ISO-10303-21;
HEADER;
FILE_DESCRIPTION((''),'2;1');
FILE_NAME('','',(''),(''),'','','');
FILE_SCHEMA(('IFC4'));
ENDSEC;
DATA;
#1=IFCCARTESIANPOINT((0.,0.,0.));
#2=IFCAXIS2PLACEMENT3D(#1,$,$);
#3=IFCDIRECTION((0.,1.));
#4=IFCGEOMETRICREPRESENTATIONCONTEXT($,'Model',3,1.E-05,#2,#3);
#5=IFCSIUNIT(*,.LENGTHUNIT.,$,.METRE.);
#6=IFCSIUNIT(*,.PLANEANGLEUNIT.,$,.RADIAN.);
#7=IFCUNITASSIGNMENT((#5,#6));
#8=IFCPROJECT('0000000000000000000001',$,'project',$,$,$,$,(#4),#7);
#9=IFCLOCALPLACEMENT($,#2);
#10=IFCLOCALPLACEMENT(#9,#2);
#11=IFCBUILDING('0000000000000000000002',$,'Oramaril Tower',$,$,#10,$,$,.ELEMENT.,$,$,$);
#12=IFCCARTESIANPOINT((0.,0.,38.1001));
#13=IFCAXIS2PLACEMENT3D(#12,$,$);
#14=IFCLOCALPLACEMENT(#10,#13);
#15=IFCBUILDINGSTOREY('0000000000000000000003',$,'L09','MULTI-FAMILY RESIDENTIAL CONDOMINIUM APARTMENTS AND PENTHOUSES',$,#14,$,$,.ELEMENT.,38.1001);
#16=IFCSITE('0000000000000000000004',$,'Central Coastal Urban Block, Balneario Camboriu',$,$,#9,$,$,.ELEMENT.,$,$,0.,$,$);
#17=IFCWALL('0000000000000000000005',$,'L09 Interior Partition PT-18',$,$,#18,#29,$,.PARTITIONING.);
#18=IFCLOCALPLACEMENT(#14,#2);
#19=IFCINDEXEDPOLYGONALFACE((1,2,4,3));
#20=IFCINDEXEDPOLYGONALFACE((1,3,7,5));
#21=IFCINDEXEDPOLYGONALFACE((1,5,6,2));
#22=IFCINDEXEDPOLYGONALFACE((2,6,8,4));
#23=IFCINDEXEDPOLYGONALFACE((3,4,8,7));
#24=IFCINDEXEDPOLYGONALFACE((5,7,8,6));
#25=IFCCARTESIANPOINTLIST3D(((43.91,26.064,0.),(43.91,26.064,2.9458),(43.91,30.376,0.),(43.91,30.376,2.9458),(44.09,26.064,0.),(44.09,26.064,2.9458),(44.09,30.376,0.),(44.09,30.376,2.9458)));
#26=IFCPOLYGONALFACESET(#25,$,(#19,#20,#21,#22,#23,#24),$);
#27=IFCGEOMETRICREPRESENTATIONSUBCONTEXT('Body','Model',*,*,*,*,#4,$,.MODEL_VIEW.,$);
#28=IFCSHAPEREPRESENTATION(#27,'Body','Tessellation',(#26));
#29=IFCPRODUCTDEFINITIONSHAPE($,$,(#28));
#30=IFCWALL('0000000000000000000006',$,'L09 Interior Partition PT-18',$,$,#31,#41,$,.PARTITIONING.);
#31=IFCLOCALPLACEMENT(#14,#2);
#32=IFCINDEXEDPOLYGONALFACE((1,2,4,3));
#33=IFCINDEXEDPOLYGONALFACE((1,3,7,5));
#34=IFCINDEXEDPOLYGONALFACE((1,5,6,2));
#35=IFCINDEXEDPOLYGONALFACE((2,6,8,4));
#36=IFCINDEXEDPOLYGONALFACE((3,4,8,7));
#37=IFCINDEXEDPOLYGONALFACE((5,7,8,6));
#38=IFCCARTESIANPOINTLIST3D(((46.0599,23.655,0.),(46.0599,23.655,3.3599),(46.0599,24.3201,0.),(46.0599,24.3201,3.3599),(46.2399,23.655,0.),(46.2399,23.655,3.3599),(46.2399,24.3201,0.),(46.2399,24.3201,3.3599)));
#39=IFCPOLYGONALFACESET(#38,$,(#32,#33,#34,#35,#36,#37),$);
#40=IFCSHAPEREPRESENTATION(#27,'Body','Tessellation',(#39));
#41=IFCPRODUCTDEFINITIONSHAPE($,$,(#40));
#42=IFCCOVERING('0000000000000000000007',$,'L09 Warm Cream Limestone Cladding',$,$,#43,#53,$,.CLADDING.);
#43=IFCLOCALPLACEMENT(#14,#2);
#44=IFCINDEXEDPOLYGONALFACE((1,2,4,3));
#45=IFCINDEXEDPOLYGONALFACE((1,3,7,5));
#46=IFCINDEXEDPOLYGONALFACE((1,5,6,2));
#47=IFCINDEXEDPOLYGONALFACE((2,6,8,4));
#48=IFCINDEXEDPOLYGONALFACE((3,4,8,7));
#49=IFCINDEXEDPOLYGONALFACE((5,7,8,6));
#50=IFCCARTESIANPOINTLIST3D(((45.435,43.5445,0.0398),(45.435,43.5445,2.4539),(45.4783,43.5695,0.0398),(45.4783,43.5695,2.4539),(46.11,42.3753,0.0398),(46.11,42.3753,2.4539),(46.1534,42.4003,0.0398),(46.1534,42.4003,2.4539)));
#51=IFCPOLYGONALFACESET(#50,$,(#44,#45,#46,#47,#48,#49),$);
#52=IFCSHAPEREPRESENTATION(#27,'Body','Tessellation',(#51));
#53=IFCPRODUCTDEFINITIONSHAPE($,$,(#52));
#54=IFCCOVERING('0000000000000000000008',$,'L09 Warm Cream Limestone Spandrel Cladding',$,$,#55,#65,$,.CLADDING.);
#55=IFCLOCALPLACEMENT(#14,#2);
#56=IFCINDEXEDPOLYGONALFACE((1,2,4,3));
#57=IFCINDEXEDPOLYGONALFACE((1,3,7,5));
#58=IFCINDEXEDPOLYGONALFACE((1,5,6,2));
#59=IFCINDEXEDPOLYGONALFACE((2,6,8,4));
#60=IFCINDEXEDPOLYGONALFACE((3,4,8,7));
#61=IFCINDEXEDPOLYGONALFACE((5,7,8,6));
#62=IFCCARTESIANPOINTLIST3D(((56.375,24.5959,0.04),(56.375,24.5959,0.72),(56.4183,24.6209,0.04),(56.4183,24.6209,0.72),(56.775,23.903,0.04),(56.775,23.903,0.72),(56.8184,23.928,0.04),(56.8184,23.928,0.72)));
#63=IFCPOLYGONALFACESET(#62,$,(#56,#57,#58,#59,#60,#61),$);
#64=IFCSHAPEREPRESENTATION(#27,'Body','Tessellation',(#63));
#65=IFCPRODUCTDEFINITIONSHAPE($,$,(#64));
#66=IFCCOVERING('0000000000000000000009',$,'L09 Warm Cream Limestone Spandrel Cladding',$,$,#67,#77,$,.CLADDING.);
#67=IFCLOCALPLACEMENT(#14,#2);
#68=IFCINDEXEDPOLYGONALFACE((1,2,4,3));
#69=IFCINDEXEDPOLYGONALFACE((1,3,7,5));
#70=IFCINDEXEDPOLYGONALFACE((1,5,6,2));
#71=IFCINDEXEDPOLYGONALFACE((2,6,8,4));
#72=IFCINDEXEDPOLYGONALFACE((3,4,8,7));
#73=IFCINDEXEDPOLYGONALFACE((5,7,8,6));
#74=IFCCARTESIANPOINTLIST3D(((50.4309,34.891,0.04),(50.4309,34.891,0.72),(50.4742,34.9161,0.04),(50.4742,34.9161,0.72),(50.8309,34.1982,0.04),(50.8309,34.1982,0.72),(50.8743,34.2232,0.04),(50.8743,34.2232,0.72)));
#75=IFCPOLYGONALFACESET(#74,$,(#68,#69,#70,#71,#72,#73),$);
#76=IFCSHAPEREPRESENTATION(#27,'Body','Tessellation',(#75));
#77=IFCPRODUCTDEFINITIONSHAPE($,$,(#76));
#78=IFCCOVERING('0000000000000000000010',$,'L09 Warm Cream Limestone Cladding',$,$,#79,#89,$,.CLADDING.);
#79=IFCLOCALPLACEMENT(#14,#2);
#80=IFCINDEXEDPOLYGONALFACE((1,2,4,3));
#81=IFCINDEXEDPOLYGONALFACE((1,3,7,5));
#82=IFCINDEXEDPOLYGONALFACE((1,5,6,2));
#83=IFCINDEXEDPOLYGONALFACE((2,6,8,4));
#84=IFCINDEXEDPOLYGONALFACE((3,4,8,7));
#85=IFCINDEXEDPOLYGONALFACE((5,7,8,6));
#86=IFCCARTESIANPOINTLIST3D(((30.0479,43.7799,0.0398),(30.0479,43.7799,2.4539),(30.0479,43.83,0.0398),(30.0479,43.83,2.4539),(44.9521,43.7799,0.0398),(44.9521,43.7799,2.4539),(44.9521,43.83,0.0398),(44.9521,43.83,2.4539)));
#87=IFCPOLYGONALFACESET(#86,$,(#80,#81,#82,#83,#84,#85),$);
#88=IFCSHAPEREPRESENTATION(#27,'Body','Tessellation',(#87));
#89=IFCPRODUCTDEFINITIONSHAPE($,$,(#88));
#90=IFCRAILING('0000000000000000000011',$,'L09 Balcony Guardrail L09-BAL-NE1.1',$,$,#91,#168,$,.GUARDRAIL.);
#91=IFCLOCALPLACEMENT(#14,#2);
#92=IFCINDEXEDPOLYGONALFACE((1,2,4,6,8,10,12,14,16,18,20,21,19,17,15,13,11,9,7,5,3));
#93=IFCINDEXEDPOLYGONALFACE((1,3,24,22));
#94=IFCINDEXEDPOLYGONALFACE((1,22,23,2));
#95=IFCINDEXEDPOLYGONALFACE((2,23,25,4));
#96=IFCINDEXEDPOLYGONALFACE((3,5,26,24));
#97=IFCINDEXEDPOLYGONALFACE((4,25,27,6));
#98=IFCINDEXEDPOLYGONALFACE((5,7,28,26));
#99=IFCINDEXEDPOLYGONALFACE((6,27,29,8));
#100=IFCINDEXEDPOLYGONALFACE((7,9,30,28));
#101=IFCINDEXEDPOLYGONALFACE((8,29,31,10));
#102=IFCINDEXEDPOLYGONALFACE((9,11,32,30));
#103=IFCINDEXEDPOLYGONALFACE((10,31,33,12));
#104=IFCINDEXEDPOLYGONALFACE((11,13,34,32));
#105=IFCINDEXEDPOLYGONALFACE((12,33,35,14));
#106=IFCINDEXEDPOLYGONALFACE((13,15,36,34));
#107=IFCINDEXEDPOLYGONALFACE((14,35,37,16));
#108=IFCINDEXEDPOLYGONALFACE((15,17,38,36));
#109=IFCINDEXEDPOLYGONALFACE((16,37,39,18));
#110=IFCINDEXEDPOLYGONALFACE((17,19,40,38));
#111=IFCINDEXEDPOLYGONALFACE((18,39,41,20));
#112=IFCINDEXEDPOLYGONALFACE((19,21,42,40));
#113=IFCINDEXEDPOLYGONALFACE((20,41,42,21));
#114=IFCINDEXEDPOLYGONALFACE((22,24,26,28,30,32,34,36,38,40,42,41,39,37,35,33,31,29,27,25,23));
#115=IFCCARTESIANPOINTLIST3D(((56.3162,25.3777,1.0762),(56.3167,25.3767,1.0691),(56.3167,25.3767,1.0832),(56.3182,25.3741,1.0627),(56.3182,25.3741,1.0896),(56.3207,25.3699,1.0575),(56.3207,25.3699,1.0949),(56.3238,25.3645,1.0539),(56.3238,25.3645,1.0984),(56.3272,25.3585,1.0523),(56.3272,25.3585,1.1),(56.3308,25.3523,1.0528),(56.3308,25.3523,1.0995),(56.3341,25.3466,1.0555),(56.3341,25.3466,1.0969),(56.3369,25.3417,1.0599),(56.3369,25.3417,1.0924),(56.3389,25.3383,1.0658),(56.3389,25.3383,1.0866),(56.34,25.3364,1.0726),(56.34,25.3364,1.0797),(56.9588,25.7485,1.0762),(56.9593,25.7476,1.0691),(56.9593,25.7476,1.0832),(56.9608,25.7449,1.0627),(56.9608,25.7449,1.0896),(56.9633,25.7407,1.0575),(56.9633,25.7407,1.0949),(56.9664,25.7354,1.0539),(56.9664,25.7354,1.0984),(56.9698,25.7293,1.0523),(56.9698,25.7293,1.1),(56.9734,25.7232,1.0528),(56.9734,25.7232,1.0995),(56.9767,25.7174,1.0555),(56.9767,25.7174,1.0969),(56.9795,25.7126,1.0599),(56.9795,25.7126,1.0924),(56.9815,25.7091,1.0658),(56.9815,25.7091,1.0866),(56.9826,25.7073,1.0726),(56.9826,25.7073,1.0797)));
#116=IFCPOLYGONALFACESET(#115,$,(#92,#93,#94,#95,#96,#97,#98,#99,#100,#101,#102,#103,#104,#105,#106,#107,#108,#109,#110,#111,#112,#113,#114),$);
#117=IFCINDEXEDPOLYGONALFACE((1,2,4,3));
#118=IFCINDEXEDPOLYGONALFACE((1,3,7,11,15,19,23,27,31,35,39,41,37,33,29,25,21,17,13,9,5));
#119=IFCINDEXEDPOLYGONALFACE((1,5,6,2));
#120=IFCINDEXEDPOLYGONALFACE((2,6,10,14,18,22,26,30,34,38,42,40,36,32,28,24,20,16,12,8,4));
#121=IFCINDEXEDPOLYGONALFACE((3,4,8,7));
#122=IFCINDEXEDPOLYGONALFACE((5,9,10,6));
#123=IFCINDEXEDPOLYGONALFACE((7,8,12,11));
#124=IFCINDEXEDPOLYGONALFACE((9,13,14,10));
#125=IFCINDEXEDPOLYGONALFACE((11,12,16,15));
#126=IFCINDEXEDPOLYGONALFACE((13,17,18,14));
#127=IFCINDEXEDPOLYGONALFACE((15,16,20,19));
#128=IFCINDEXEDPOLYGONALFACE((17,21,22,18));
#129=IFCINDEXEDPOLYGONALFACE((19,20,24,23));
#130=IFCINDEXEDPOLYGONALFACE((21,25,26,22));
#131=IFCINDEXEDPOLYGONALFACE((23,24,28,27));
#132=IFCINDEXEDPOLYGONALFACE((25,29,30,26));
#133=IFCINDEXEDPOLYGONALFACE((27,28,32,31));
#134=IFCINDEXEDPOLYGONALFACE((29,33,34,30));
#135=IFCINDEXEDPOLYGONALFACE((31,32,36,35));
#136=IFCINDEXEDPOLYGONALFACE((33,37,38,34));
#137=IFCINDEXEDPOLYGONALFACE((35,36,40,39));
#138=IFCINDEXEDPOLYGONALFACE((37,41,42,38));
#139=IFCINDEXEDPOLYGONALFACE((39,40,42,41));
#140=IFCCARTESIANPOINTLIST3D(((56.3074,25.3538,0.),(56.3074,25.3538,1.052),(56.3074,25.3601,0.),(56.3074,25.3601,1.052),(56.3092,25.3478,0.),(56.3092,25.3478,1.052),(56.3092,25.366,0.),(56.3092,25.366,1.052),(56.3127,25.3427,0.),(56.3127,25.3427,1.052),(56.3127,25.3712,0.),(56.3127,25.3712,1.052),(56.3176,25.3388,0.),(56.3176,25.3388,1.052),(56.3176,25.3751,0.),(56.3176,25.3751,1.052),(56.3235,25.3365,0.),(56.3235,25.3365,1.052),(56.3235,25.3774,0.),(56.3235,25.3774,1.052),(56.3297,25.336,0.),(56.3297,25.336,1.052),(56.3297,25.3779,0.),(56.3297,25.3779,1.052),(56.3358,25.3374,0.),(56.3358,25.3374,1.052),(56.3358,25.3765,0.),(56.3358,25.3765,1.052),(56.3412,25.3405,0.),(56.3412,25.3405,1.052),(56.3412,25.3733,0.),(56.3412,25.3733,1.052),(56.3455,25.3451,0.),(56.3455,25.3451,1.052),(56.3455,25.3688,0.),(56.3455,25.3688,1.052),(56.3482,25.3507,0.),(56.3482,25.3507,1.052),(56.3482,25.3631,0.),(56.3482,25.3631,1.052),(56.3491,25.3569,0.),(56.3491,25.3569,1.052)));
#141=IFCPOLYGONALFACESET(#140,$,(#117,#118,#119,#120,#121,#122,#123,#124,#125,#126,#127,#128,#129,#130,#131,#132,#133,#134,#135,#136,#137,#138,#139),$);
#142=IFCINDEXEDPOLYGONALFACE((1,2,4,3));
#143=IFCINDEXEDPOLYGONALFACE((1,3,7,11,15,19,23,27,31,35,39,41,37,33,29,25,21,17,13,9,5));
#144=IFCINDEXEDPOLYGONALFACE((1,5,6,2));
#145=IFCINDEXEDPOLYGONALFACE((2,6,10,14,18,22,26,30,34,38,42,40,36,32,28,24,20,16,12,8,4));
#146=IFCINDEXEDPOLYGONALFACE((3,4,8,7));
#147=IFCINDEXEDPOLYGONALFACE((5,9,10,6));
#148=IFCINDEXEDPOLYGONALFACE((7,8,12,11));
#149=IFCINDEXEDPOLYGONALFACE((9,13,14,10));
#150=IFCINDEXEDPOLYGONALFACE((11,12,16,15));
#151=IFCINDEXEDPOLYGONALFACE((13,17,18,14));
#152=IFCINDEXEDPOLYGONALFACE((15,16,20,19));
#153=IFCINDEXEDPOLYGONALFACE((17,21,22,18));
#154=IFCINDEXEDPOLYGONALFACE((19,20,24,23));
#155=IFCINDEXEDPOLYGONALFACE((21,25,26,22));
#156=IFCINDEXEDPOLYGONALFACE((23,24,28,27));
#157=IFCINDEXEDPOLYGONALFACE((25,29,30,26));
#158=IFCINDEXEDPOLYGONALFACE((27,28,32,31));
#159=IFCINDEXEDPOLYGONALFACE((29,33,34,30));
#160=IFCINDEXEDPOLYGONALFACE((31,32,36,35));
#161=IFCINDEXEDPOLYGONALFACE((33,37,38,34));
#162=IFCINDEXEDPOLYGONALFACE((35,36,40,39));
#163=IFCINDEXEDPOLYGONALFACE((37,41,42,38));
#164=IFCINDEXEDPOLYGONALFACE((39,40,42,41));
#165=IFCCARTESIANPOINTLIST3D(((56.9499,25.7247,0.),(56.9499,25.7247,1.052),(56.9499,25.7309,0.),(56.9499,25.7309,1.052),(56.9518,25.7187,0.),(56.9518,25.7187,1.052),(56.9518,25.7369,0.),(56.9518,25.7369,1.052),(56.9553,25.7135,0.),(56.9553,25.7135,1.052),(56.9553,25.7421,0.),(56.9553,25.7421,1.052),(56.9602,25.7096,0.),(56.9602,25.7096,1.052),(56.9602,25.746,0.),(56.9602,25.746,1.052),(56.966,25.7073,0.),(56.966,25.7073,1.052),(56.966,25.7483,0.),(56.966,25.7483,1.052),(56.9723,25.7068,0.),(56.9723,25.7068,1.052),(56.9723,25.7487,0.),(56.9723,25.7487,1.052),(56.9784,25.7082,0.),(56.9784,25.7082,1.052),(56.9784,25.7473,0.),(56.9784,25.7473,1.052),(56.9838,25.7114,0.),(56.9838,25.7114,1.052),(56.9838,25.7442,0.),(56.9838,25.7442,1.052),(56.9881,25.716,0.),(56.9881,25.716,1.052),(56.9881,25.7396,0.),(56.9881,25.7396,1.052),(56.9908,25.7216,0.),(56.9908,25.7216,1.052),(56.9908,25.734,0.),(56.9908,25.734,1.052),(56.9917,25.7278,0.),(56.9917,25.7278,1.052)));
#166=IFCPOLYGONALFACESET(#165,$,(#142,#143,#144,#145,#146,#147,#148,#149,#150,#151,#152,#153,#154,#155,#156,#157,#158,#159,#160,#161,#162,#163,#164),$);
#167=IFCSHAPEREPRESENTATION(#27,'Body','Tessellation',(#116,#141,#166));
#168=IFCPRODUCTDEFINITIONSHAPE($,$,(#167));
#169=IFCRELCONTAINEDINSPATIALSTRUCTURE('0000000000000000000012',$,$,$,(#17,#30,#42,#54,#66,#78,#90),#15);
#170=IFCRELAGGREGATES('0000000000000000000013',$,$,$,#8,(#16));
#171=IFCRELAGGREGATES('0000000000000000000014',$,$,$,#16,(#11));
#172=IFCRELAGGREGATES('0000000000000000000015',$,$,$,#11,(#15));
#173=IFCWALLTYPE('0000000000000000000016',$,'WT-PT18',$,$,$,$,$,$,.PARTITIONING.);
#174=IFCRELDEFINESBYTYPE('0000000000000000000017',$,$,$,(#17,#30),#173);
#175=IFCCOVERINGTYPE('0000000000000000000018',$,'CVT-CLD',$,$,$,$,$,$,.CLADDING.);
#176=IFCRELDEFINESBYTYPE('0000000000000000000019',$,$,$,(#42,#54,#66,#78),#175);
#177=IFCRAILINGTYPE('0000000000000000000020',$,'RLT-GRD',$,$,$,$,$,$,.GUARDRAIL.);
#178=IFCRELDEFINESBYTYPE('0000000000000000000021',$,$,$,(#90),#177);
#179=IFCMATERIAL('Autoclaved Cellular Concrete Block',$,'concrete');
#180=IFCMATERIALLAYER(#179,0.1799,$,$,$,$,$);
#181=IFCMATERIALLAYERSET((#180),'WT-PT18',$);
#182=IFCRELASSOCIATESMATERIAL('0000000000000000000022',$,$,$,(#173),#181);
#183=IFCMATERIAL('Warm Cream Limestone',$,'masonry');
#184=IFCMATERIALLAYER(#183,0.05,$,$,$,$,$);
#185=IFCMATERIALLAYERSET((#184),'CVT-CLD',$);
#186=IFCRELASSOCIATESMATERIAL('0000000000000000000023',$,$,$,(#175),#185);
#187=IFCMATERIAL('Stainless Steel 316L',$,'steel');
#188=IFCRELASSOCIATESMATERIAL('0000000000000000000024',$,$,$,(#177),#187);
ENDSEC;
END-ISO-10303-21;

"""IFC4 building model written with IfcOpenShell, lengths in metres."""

from ifc_helpers import new_model, si_unit, direction, frame, frame_2d, origin, origin_2d, place, context, subcontext, project, spatial, rectangle, circle, extrude, material, layer, layer_set, type_object, element, save


model = new_model("IFC4")

# Units and contexts
model_context = context("Model", 3, precision=1e-05, world=origin(), true_north=direction((0.0, 1.0)))
body_context = subcontext(model_context, "Body", "Model", "MODEL_VIEW")
ifc_project = project(units=[si_unit("LENGTHUNIT", "METRE"), si_unit("PLANEANGLEUNIT", "RADIAN")], contexts=[model_context])

# Site, building, storey
site_placement = place(None, origin())
site = spatial("IfcSite", under=ifc_project, at=site_placement, Name="Central Coastal Urban Block, Balneario Camboriu", CompositionType="ELEMENT", RefElevation=0.0)
building_placement = place(site_placement, origin())
building = spatial("IfcBuilding", under=site, at=building_placement, Name="Oramaril Tower", CompositionType="ELEMENT")
storey_placement = place(building_placement, frame((0.0, 0.0, 38.1001)))
storey = spatial("IfcBuildingStorey", under=building, at=storey_placement, Name="L09", Description="MULTI-FAMILY RESIDENTIAL CONDOMINIUM APARTMENTS AND PENTHOUSES", CompositionType="ELEMENT", Elevation=38.1001)

# Walls
ifc_material_1 = material(Name="Autoclaved Cellular Concrete Block", Category="concrete")
ifc_layer_1 = layer(ifc_material_1, 0.1799)
ifc_layer_set_1 = layer_set([ifc_layer_1], Name="WT-PT18")
wall_type_1 = type_object("IfcWallType", Name="WT-PT18", PredefinedType="PARTITIONING", material=ifc_layer_set_1)
wall_1_placement = place(storey_placement, frame((44.0, 26.064, 0.0), z_axis=(0.0, 0.0, 1.0), x_axis=(0.0, 1.0, 0.0)))
element("IfcWall", 1, at=wall_1_placement, inside=storey, type_object=wall_type_1, Name="L09 Interior Partition PT-18", PredefinedType="PARTITIONING", context=body_context, shape_type="SweptSolid", body=[
    extrude(rectangle(XDim=4.312, YDim=0.1799, at=frame_2d((2.156, 0.0))), origin(), (0.0, 0.0, 1.0), 2.9458),
])
wall_2_placement = place(storey_placement, frame((46.1499, 23.655, 0.0), z_axis=(0.0, 0.0, 1.0), x_axis=(0.0, 1.0, 0.0)))
element("IfcWall", 2, at=wall_2_placement, inside=storey, type_object=wall_type_1, Name="L09 Interior Partition PT-18", PredefinedType="PARTITIONING", context=body_context, shape_type="SweptSolid", body=[
    extrude(rectangle(XDim=0.665, YDim=0.1799, at=frame_2d((0.3325, 0.0))), origin(), (0.0, 0.0, 1.0), 3.3599),
])

# Coverings
ifc_material_2 = material(Name="Warm Cream Limestone", Category="masonry")
ifc_layer_2 = layer(ifc_material_2, 0.05)
ifc_layer_set_2 = layer_set([ifc_layer_2], Name="CVT-CLD")
covering_type = type_object("IfcCoveringType", Name="CVT-CLD", PredefinedType="CLADDING", material=ifc_layer_set_2)
covering_1_placement = place(storey_placement, frame((45.7942, 42.9724, 0.0398), z_axis=(0.0, 0.0, 1.0), x_axis=(-0.499998, 0.866026, 0.0)))
element("IfcCovering", 3, at=covering_1_placement, inside=storey, type_object=covering_type, Name="L09 Warm Cream Limestone Cladding", PredefinedType="CLADDING", context=body_context, shape_type="SweptSolid", body=[
    extrude(rectangle(XDim=1.3501, YDim=0.05, at=origin_2d()), origin(), (0.0, 0.0, 1.0), 2.4141),
])
for number, where, z_axis, x_axis, name in (
    (4, (56.5967, 24.262, 0.04), (0.0, 0.0, 1.0), (-0.499998, 0.866026, 0.0), "L09 Warm Cream Limestone Spandrel Cladding"),
    (5, (50.6526, 34.5571, 0.04), (0.0, 0.0, 1.0), (-0.499998, 0.866026, 0.0), "L09 Warm Cream Limestone Spandrel Cladding"),
):
    element("IfcCovering", number, at=place(storey_placement, frame(where, z_axis=z_axis, x_axis=x_axis)), inside=storey, type_object=covering_type, Name=name, PredefinedType="CLADDING", context=body_context, shape_type="SweptSolid", body=[
        extrude(rectangle(XDim=0.8, YDim=0.05, at=origin_2d()), origin(), (0.0, 0.0, 1.0), 0.6799),
    ])
covering_2_placement = place(storey_placement, frame((37.5, 43.8049, 0.0398), z_axis=(0.0, 0.0, 1.0), x_axis=(-1.0, 0.0, 0.0)))
element("IfcCovering", 6, at=covering_2_placement, inside=storey, type_object=covering_type, Name="L09 Warm Cream Limestone Cladding", PredefinedType="CLADDING", context=body_context, shape_type="SweptSolid", body=[
    extrude(rectangle(XDim=14.9043, YDim=0.05, at=origin_2d()), origin(), (0.0, 0.0, 1.0), 2.4141),
])

# Railing
ifc_material_3 = material(Name="Stainless Steel 316L", Category="steel")
railing_type = type_object("IfcRailingType", Name="RLT-GRD", PredefinedType="GUARDRAIL", material=ifc_material_3)
railing_1_placement = place(storey_placement, frame((56.3281, 25.3569, 0.0)))
element("IfcRailing", 7, at=railing_1_placement, inside=storey, type_object=railing_type, Name="L09 Balcony Guardrail L09-BAL-NE1.1", PredefinedType="GUARDRAIL", context=body_context, shape_type="SweptSolid", body=[
    extrude(circle(Radius=0.0239, at=origin_2d()), frame((0.0, 0.0, 1.0762), z_axis=(0.866109, 0.499855, 0.0), x_axis=(-0.499855, 0.866109, 0.0)), (0.0, 0.0, 1.0), 0.7419),
    extrude(circle(Radius=0.021, at=origin_2d()), origin(), (0.0, 0.0, 1.0), 1.052),
    extrude(circle(Radius=0.021, at=origin_2d()), frame((0.6426, 0.3708, 0.0)), (0.0, 0.0, 1.0), 1.052),
])

save(model, "model.ifc")
